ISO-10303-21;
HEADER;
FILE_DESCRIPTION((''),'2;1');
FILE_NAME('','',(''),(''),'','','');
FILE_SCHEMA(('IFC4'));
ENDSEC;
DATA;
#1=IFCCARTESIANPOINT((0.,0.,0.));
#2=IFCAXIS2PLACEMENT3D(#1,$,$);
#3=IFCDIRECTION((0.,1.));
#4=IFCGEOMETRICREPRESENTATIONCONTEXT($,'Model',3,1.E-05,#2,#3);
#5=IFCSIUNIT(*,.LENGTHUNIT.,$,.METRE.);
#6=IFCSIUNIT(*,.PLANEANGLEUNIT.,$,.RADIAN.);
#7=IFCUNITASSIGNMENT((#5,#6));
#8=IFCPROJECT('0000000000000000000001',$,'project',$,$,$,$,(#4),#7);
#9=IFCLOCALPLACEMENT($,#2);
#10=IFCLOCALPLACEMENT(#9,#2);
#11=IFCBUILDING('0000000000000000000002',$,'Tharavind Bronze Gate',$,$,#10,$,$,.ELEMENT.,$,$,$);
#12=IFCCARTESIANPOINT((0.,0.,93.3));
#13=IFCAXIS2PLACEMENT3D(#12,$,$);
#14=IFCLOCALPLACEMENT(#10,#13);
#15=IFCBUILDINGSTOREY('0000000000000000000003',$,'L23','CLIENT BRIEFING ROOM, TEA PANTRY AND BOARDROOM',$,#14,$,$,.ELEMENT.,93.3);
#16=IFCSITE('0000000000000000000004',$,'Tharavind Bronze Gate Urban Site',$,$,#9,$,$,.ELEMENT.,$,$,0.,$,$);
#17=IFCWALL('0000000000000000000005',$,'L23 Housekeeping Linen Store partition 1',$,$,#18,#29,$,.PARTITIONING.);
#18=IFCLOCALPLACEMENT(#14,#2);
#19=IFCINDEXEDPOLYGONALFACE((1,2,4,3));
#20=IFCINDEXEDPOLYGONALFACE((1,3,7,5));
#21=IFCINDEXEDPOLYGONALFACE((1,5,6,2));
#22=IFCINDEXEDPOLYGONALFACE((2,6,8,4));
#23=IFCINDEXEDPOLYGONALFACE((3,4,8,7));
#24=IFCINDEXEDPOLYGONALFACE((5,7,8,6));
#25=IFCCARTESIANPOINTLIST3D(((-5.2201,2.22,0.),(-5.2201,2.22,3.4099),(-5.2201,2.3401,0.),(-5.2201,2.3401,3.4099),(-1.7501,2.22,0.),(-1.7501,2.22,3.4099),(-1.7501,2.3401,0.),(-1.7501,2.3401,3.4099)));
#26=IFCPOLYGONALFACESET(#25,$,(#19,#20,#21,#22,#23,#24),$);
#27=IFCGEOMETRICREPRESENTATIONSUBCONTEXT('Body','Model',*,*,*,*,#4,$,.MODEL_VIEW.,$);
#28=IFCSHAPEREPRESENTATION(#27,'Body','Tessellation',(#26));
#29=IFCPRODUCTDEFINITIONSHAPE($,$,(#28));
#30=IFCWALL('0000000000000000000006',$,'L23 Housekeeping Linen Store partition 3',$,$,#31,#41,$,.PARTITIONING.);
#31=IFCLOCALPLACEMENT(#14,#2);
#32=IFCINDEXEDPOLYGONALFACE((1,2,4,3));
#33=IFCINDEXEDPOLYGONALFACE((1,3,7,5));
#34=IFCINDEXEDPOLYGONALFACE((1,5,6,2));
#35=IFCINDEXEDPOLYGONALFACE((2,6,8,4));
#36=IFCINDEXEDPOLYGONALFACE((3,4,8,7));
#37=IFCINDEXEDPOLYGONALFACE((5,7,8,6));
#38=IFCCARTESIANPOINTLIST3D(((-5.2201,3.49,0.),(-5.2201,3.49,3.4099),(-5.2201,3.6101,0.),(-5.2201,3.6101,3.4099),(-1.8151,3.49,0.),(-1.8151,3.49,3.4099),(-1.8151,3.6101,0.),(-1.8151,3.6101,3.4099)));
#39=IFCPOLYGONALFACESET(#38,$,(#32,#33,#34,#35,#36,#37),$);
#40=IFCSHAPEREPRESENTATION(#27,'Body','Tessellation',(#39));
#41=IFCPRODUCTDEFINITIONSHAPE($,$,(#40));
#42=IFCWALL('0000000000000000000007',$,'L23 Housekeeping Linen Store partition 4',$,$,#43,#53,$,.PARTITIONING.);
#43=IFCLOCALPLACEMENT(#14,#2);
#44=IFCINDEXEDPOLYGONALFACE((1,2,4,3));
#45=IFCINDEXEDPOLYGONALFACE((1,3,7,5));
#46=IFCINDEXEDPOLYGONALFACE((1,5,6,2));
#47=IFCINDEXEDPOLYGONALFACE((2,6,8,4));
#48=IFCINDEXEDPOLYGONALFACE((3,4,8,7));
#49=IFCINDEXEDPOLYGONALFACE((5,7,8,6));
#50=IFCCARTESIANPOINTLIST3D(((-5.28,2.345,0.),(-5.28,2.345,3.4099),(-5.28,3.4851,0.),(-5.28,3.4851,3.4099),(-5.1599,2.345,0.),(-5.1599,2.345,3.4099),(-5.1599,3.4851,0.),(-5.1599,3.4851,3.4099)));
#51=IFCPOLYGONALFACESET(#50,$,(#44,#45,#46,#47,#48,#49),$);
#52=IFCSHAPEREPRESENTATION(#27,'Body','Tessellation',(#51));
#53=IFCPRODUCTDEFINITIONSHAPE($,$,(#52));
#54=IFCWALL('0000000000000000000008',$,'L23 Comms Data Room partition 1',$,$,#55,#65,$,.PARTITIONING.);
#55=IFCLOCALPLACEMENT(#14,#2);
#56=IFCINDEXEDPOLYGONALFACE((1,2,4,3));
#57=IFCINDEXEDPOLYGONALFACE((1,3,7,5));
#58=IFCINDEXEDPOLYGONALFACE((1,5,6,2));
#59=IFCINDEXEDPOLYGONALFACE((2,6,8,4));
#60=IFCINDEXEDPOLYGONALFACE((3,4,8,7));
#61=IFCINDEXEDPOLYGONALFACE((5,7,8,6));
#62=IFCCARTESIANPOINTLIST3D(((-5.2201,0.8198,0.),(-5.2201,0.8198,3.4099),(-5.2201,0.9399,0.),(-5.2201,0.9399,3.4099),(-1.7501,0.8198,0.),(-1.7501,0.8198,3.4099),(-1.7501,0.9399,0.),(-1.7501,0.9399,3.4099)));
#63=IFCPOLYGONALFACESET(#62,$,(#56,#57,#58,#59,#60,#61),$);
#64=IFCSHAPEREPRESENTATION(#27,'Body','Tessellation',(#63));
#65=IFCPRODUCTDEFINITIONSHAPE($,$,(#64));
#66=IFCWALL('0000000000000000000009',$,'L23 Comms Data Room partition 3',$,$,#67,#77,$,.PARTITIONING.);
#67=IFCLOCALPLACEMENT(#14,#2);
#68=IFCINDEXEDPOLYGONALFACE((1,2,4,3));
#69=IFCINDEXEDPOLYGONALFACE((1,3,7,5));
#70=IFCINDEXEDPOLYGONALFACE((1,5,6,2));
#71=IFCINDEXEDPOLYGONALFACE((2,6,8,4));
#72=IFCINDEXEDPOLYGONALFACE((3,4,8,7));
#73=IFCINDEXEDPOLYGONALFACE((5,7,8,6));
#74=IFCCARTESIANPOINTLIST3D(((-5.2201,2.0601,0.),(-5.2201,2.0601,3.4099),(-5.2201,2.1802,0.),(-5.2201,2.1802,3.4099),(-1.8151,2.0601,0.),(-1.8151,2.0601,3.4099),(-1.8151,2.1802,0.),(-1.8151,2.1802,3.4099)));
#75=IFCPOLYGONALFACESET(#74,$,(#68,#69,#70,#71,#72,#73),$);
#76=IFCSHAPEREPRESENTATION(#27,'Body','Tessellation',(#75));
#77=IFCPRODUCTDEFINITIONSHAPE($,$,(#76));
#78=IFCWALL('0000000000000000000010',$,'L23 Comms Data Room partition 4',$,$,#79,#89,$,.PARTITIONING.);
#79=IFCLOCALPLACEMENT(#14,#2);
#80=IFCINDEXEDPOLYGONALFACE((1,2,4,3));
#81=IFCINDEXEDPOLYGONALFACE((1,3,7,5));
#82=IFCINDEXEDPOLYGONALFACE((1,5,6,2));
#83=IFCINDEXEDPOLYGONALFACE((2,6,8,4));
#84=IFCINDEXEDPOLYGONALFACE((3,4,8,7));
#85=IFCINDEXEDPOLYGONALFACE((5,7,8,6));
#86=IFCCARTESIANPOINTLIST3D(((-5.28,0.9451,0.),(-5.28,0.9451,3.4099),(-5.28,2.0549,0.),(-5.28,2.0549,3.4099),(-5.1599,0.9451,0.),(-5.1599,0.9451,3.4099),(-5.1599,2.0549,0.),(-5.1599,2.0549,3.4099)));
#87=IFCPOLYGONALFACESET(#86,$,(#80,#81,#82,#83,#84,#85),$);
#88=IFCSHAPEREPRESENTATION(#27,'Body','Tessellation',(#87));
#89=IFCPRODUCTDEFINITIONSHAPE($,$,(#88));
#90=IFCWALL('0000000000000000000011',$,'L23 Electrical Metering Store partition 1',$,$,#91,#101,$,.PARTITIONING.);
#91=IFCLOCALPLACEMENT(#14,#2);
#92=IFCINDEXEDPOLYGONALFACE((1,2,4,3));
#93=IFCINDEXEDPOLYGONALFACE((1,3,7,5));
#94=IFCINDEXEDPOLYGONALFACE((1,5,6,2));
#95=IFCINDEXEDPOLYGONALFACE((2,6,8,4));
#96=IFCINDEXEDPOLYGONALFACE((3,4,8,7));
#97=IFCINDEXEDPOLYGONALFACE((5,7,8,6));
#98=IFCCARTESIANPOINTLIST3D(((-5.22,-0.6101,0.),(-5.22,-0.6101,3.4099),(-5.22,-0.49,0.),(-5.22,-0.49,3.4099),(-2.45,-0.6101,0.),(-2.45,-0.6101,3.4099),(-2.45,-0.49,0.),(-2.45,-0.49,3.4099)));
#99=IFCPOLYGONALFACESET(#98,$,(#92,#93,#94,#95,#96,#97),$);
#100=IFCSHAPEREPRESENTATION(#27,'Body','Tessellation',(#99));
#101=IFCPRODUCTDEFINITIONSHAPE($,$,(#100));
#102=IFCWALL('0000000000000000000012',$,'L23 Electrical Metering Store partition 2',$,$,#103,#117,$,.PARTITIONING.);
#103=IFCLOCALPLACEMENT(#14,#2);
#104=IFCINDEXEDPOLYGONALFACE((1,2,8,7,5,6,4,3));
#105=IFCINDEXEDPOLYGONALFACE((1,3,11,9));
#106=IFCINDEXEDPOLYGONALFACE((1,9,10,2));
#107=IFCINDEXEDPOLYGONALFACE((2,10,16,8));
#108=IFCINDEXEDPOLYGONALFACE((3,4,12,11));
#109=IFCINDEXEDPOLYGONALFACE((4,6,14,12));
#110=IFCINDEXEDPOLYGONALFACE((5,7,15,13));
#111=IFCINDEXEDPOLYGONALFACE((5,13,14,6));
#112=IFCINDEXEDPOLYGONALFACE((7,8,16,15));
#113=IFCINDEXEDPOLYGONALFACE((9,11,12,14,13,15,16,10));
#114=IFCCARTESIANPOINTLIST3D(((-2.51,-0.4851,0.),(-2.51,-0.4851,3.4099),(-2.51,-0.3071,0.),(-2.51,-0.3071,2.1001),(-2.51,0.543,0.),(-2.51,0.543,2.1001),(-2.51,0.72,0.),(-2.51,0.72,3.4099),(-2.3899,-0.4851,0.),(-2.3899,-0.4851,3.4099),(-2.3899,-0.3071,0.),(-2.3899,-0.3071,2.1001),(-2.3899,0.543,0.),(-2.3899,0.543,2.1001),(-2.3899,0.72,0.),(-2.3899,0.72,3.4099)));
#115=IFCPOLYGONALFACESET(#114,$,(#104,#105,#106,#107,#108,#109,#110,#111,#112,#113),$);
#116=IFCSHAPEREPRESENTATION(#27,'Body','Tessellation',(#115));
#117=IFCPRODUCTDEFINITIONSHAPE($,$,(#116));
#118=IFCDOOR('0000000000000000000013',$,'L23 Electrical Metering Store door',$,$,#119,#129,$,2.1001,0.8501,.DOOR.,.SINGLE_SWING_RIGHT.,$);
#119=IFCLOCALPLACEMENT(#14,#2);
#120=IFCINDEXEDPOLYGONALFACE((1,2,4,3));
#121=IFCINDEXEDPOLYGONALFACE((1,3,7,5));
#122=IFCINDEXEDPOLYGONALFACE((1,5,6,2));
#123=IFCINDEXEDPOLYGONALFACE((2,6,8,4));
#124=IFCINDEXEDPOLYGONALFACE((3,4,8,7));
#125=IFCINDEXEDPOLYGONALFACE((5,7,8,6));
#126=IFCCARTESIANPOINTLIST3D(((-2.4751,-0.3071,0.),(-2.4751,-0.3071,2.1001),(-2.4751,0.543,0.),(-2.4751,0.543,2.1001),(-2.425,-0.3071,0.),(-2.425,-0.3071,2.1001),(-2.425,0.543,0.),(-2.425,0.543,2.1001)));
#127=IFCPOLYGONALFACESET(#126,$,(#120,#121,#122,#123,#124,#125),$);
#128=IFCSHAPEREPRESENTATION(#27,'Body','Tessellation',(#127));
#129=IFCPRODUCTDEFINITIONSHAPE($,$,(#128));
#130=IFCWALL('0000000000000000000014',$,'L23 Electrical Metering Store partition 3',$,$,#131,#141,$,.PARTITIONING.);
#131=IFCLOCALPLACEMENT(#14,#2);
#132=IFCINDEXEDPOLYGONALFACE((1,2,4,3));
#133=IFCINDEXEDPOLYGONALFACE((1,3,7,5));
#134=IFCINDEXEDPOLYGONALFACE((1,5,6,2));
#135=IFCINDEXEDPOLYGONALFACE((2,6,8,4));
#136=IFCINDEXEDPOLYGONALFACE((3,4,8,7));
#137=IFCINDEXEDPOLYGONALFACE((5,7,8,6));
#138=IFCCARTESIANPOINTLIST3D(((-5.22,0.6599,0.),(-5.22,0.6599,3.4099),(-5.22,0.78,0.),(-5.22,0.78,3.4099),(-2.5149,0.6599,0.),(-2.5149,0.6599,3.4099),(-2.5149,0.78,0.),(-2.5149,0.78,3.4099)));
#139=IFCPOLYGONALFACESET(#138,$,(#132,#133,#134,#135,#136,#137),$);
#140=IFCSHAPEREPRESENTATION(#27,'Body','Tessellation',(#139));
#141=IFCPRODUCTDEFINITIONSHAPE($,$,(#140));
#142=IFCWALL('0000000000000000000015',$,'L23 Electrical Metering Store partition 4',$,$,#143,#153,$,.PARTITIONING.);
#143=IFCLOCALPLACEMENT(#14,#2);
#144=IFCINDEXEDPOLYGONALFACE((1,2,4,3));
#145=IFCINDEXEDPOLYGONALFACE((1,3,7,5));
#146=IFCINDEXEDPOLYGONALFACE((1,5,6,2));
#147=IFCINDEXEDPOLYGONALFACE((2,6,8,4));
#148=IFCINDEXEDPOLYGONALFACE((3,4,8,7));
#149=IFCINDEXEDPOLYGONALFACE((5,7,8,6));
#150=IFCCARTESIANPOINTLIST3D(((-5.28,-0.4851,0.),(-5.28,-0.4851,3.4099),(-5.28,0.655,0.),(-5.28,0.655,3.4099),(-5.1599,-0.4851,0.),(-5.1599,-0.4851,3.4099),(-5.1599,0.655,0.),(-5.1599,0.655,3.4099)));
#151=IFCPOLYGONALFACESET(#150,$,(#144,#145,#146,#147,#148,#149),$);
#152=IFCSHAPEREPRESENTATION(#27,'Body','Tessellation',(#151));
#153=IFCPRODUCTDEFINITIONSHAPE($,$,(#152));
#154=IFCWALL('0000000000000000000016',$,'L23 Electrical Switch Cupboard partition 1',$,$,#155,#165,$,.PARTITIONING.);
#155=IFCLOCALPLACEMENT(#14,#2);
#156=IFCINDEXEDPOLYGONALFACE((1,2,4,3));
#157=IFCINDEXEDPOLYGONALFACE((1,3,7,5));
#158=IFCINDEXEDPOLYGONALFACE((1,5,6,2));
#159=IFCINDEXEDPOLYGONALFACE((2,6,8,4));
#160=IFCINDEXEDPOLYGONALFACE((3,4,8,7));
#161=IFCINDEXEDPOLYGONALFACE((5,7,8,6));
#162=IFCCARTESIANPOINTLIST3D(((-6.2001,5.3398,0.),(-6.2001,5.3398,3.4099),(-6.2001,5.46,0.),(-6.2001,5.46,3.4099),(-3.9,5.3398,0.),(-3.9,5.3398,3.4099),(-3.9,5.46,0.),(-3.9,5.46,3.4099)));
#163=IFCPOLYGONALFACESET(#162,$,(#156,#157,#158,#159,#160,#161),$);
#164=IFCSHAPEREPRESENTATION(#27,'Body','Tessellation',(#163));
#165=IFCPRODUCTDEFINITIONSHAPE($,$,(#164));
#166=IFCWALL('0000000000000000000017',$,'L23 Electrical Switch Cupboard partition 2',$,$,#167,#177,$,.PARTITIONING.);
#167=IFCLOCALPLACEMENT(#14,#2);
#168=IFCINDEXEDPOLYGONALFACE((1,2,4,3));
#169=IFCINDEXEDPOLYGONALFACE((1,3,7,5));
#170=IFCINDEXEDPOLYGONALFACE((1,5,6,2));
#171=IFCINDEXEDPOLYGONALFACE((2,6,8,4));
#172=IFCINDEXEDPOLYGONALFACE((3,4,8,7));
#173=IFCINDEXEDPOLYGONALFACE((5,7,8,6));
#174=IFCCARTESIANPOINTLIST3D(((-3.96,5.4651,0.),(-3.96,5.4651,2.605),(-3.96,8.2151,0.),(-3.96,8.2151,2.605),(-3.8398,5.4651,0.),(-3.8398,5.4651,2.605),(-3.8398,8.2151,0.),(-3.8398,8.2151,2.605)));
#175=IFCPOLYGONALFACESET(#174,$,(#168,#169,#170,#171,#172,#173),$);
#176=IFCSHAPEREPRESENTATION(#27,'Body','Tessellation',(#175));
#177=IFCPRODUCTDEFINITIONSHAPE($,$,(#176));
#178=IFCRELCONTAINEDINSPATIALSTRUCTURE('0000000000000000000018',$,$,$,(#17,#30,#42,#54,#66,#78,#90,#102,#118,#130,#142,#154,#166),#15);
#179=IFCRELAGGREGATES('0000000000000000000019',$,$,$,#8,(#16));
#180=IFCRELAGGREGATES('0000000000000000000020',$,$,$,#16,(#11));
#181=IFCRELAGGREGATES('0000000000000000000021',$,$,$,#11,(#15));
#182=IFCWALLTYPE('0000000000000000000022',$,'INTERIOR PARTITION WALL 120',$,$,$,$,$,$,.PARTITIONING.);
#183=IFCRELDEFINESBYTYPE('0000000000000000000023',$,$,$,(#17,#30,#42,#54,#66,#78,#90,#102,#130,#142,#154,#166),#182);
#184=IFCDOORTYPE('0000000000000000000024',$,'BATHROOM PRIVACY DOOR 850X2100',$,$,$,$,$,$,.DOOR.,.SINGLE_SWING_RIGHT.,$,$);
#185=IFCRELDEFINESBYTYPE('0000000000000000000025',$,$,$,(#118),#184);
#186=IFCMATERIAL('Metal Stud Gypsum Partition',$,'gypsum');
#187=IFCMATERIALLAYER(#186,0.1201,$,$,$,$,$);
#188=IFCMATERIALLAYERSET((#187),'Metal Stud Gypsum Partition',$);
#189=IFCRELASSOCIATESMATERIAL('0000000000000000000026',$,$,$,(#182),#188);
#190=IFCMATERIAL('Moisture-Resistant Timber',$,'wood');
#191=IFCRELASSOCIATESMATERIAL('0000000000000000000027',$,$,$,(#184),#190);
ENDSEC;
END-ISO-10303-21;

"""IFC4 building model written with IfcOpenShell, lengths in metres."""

from ifc_helpers import new_model, si_unit, direction, frame, frame_2d, origin, place, context, subcontext, project, spatial, rectangle, extrude, material, layer, layer_set, type_object, element, fill, save


model = new_model("IFC4")

# Units and contexts
model_context = context("Model", 3, precision=1e-05, world=origin(), true_north=direction((0.0, 1.0)))
body_context = subcontext(model_context, "Body", "Model", "MODEL_VIEW")
ifc_project = project(units=[si_unit("LENGTHUNIT", "METRE"), si_unit("PLANEANGLEUNIT", "RADIAN")], contexts=[model_context])

# Site, building, storey
site_placement = place(None, origin())
site = spatial("IfcSite", under=ifc_project, at=site_placement, Name="Tharavind Bronze Gate Urban Site", CompositionType="ELEMENT", RefElevation=0.0)
building_placement = place(site_placement, origin())
building = spatial("IfcBuilding", under=site, at=building_placement, Name="Tharavind Bronze Gate", CompositionType="ELEMENT")
storey_placement = place(building_placement, frame((0.0, 0.0, 93.3)))
storey = spatial("IfcBuildingStorey", under=building, at=storey_placement, Name="L23", Description="CLIENT BRIEFING ROOM, TEA PANTRY AND BOARDROOM", CompositionType="ELEMENT", Elevation=93.3)

# Walls
ifc_material_1 = material(Name="Metal Stud Gypsum Partition", Category="gypsum")
ifc_layer_1 = layer(ifc_material_1, 0.1201)
ifc_layer_set_1 = layer_set([ifc_layer_1], Name="Metal Stud Gypsum Partition")
wall_type_1 = type_object("IfcWallType", Name="INTERIOR PARTITION WALL 120", PredefinedType="PARTITIONING", material=ifc_layer_set_1)
wall_1_placement = place(storey_placement, frame((-5.22, 2.28, 0.0), z_axis=(0.0, 0.0, 1.0), x_axis=(1.0, 0.0, 0.0)))
element("IfcWall", 1, at=wall_1_placement, inside=storey, type_object=wall_type_1, Name="L23 Housekeeping Linen Store partition 1", PredefinedType="PARTITIONING", context=body_context, shape_type="SweptSolid", body=[
    extrude(rectangle(XDim=3.47, YDim=0.1201, at=frame_2d((1.7349, 0.0))), origin(), (0.0, 0.0, 1.0), 3.4099),
])
wall_2_placement = place(storey_placement, frame((-1.8149, 3.55, 0.0), z_axis=(0.0, 0.0, 1.0), x_axis=(-1.0, 0.0, 0.0)))
element("IfcWall", 2, at=wall_2_placement, inside=storey, type_object=wall_type_1, Name="L23 Housekeeping Linen Store partition 3", PredefinedType="PARTITIONING", context=body_context, shape_type="SweptSolid", body=[
    extrude(rectangle(XDim=3.405, YDim=0.1201, at=frame_2d((1.7026, 0.0))), origin(), (0.0, 0.0, 1.0), 3.4099),
])
wall_3_placement = place(storey_placement, frame((-5.22, 3.4851, 0.0), z_axis=(0.0, 0.0, 1.0), x_axis=(0.0, -1.0, 0.0)))
element("IfcWall", 3, at=wall_3_placement, inside=storey, type_object=wall_type_1, Name="L23 Housekeeping Linen Store partition 4", PredefinedType="PARTITIONING", context=body_context, shape_type="SweptSolid", body=[
    extrude(rectangle(XDim=1.1401, YDim=0.1201, at=frame_2d((0.5701, 0.0))), origin(), (0.0, 0.0, 1.0), 3.4099),
])
wall_4_placement = place(storey_placement, frame((-5.22, 0.8799, 0.0), z_axis=(0.0, 0.0, 1.0), x_axis=(1.0, 0.0, 0.0)))
element("IfcWall", 4, at=wall_4_placement, inside=storey, type_object=wall_type_1, Name="L23 Comms Data Room partition 1", PredefinedType="PARTITIONING", context=body_context, shape_type="SweptSolid", body=[
    extrude(rectangle(XDim=3.47, YDim=0.1201, at=frame_2d((1.7349, 0.0))), origin(), (0.0, 0.0, 1.0), 3.4099),
])
wall_5_placement = place(storey_placement, frame((-1.8149, 2.1201, 0.0), z_axis=(0.0, 0.0, 1.0), x_axis=(-1.0, 0.0, 0.0)))
element("IfcWall", 5, at=wall_5_placement, inside=storey, type_object=wall_type_1, Name="L23 Comms Data Room partition 3", PredefinedType="PARTITIONING", context=body_context, shape_type="SweptSolid", body=[
    extrude(rectangle(XDim=3.405, YDim=0.1201, at=frame_2d((1.7026, 0.0))), origin(), (0.0, 0.0, 1.0), 3.4099),
])
wall_6_placement = place(storey_placement, frame((-5.22, 2.0549, 0.0), z_axis=(0.0, 0.0, 1.0), x_axis=(0.0, -1.0, 0.0)))
element("IfcWall", 6, at=wall_6_placement, inside=storey, type_object=wall_type_1, Name="L23 Comms Data Room partition 4", PredefinedType="PARTITIONING", context=body_context, shape_type="SweptSolid", body=[
    extrude(rectangle(XDim=1.1099, YDim=0.1201, at=frame_2d((0.5549, 0.0))), origin(), (0.0, 0.0, 1.0), 3.4099),
])
wall_7_placement = place(storey_placement, frame((-5.22, -0.55, 0.0), z_axis=(0.0, 0.0, 1.0), x_axis=(1.0, 0.0, 0.0)))
element("IfcWall", 7, at=wall_7_placement, inside=storey, type_object=wall_type_1, Name="L23 Electrical Metering Store partition 1", PredefinedType="PARTITIONING", context=body_context, shape_type="SweptSolid", body=[
    extrude(rectangle(XDim=2.77, YDim=0.1201, at=frame_2d((1.385, 0.0))), origin(), (0.0, 0.0, 1.0), 3.4099),
])

# Wall, opening, door
wall_8_placement = place(storey_placement, frame((-2.45, -0.4851, 0.0), z_axis=(0.0, 0.0, 1.0), x_axis=(0.0, 1.0, 0.0)))
wall_8 = element("IfcWall", 8, at=wall_8_placement, inside=storey, type_object=wall_type_1, Name="L23 Electrical Metering Store partition 2", PredefinedType="PARTITIONING", context=body_context, shape_type="SweptSolid", body=[
    extrude(rectangle(XDim=1.2051, YDim=0.1201, at=frame_2d((0.6025, 0.0))), origin(), (0.0, 0.0, 1.0), 3.4099),
])
opening_1_placement = place(wall_8_placement, frame((0.178, 0.0, 0.0)))
opening_1 = element("IfcOpeningElement", 9, at=opening_1_placement, cuts=wall_8, PredefinedType="OPENING", context=body_context, shape_type="SweptSolid", body=[
    extrude(rectangle(XDim=0.8501, YDim=2.1001, at=frame_2d((0.425, 1.05))), frame((0.0, 0.0701, 0.0), z_axis=(0.0, -1.0, 0.0), x_axis=(1.0, 0.0, 0.0)), (0.0, 0.0, 1.0), 0.1401),
])
ifc_material_2 = material(Name="Moisture-Resistant Timber", Category="wood")
door_type_1 = type_object("IfcDoorType", Name="BATHROOM PRIVACY DOOR 850X2100", OperationType="SINGLE_SWING_RIGHT", PredefinedType="DOOR", material=ifc_material_2)
door_1_placement = place(opening_1_placement, frame((0.8501, 0.0, 0.0), z_axis=(0.0, 0.0, 1.0), x_axis=(-1.0, 0.0, 0.0)))
door_1 = element("IfcDoor", 10, at=door_1_placement, inside=storey, type_object=door_type_1, Name="L23 Electrical Metering Store door", OperationType="SINGLE_SWING_RIGHT", OverallHeight=2.1001, OverallWidth=0.8501, PredefinedType="DOOR", context=body_context, shape_type="SweptSolid", body=[
    extrude(rectangle(XDim=0.8501, YDim=2.1001, at=frame_2d((0.425, 1.05))), frame((0.0, 0.0249, 0.0), z_axis=(0.0, -1.0, 0.0), x_axis=(1.0, 0.0, 0.0)), (0.0, 0.0, 1.0), 0.05),
])
fill(opening_1, door_1)

# Walls
wall_9_placement = place(storey_placement, frame((-2.5149, 0.72, 0.0), z_axis=(0.0, 0.0, 1.0), x_axis=(-1.0, 0.0, 0.0)))
element("IfcWall", 11, at=wall_9_placement, inside=storey, type_object=wall_type_1, Name="L23 Electrical Metering Store partition 3", PredefinedType="PARTITIONING", context=body_context, shape_type="SweptSolid", body=[
    extrude(rectangle(XDim=2.7051, YDim=0.1201, at=frame_2d((1.3525, 0.0))), origin(), (0.0, 0.0, 1.0), 3.4099),
])
wall_10_placement = place(storey_placement, frame((-5.22, 0.655, 0.0), z_axis=(0.0, 0.0, 1.0), x_axis=(0.0, -1.0, 0.0)))
element("IfcWall", 12, at=wall_10_placement, inside=storey, type_object=wall_type_1, Name="L23 Electrical Metering Store partition 4", PredefinedType="PARTITIONING", context=body_context, shape_type="SweptSolid", body=[
    extrude(rectangle(XDim=1.1401, YDim=0.1201, at=frame_2d((0.5701, 0.0))), origin(), (0.0, 0.0, 1.0), 3.4099),
])
wall_11_placement = place(storey_placement, frame((-6.2, 5.3999, 0.0), z_axis=(0.0, 0.0, 1.0), x_axis=(1.0, 0.0, 0.0)))
element("IfcWall", 13, at=wall_11_placement, inside=storey, type_object=wall_type_1, Name="L23 Electrical Switch Cupboard partition 1", PredefinedType="PARTITIONING", context=body_context, shape_type="SweptSolid", body=[
    extrude(rectangle(XDim=2.3, YDim=0.1201, at=frame_2d((1.1499, 0.0))), origin(), (0.0, 0.0, 1.0), 3.4099),
])
wall_12_placement = place(storey_placement, frame((-3.8999, 5.4651, 0.0), z_axis=(0.0, 0.0, 1.0), x_axis=(0.0, 1.0, 0.0)))
element("IfcWall", 14, at=wall_12_placement, inside=storey, type_object=wall_type_1, Name="L23 Electrical Switch Cupboard partition 2", PredefinedType="PARTITIONING", context=body_context, shape_type="SweptSolid", body=[
    extrude(rectangle(XDim=2.75, YDim=0.1201, at=frame_2d((1.375, 0.0))), origin(), (0.0, 0.0, 1.0), 2.605),
])

save(model, "model.ifc")
